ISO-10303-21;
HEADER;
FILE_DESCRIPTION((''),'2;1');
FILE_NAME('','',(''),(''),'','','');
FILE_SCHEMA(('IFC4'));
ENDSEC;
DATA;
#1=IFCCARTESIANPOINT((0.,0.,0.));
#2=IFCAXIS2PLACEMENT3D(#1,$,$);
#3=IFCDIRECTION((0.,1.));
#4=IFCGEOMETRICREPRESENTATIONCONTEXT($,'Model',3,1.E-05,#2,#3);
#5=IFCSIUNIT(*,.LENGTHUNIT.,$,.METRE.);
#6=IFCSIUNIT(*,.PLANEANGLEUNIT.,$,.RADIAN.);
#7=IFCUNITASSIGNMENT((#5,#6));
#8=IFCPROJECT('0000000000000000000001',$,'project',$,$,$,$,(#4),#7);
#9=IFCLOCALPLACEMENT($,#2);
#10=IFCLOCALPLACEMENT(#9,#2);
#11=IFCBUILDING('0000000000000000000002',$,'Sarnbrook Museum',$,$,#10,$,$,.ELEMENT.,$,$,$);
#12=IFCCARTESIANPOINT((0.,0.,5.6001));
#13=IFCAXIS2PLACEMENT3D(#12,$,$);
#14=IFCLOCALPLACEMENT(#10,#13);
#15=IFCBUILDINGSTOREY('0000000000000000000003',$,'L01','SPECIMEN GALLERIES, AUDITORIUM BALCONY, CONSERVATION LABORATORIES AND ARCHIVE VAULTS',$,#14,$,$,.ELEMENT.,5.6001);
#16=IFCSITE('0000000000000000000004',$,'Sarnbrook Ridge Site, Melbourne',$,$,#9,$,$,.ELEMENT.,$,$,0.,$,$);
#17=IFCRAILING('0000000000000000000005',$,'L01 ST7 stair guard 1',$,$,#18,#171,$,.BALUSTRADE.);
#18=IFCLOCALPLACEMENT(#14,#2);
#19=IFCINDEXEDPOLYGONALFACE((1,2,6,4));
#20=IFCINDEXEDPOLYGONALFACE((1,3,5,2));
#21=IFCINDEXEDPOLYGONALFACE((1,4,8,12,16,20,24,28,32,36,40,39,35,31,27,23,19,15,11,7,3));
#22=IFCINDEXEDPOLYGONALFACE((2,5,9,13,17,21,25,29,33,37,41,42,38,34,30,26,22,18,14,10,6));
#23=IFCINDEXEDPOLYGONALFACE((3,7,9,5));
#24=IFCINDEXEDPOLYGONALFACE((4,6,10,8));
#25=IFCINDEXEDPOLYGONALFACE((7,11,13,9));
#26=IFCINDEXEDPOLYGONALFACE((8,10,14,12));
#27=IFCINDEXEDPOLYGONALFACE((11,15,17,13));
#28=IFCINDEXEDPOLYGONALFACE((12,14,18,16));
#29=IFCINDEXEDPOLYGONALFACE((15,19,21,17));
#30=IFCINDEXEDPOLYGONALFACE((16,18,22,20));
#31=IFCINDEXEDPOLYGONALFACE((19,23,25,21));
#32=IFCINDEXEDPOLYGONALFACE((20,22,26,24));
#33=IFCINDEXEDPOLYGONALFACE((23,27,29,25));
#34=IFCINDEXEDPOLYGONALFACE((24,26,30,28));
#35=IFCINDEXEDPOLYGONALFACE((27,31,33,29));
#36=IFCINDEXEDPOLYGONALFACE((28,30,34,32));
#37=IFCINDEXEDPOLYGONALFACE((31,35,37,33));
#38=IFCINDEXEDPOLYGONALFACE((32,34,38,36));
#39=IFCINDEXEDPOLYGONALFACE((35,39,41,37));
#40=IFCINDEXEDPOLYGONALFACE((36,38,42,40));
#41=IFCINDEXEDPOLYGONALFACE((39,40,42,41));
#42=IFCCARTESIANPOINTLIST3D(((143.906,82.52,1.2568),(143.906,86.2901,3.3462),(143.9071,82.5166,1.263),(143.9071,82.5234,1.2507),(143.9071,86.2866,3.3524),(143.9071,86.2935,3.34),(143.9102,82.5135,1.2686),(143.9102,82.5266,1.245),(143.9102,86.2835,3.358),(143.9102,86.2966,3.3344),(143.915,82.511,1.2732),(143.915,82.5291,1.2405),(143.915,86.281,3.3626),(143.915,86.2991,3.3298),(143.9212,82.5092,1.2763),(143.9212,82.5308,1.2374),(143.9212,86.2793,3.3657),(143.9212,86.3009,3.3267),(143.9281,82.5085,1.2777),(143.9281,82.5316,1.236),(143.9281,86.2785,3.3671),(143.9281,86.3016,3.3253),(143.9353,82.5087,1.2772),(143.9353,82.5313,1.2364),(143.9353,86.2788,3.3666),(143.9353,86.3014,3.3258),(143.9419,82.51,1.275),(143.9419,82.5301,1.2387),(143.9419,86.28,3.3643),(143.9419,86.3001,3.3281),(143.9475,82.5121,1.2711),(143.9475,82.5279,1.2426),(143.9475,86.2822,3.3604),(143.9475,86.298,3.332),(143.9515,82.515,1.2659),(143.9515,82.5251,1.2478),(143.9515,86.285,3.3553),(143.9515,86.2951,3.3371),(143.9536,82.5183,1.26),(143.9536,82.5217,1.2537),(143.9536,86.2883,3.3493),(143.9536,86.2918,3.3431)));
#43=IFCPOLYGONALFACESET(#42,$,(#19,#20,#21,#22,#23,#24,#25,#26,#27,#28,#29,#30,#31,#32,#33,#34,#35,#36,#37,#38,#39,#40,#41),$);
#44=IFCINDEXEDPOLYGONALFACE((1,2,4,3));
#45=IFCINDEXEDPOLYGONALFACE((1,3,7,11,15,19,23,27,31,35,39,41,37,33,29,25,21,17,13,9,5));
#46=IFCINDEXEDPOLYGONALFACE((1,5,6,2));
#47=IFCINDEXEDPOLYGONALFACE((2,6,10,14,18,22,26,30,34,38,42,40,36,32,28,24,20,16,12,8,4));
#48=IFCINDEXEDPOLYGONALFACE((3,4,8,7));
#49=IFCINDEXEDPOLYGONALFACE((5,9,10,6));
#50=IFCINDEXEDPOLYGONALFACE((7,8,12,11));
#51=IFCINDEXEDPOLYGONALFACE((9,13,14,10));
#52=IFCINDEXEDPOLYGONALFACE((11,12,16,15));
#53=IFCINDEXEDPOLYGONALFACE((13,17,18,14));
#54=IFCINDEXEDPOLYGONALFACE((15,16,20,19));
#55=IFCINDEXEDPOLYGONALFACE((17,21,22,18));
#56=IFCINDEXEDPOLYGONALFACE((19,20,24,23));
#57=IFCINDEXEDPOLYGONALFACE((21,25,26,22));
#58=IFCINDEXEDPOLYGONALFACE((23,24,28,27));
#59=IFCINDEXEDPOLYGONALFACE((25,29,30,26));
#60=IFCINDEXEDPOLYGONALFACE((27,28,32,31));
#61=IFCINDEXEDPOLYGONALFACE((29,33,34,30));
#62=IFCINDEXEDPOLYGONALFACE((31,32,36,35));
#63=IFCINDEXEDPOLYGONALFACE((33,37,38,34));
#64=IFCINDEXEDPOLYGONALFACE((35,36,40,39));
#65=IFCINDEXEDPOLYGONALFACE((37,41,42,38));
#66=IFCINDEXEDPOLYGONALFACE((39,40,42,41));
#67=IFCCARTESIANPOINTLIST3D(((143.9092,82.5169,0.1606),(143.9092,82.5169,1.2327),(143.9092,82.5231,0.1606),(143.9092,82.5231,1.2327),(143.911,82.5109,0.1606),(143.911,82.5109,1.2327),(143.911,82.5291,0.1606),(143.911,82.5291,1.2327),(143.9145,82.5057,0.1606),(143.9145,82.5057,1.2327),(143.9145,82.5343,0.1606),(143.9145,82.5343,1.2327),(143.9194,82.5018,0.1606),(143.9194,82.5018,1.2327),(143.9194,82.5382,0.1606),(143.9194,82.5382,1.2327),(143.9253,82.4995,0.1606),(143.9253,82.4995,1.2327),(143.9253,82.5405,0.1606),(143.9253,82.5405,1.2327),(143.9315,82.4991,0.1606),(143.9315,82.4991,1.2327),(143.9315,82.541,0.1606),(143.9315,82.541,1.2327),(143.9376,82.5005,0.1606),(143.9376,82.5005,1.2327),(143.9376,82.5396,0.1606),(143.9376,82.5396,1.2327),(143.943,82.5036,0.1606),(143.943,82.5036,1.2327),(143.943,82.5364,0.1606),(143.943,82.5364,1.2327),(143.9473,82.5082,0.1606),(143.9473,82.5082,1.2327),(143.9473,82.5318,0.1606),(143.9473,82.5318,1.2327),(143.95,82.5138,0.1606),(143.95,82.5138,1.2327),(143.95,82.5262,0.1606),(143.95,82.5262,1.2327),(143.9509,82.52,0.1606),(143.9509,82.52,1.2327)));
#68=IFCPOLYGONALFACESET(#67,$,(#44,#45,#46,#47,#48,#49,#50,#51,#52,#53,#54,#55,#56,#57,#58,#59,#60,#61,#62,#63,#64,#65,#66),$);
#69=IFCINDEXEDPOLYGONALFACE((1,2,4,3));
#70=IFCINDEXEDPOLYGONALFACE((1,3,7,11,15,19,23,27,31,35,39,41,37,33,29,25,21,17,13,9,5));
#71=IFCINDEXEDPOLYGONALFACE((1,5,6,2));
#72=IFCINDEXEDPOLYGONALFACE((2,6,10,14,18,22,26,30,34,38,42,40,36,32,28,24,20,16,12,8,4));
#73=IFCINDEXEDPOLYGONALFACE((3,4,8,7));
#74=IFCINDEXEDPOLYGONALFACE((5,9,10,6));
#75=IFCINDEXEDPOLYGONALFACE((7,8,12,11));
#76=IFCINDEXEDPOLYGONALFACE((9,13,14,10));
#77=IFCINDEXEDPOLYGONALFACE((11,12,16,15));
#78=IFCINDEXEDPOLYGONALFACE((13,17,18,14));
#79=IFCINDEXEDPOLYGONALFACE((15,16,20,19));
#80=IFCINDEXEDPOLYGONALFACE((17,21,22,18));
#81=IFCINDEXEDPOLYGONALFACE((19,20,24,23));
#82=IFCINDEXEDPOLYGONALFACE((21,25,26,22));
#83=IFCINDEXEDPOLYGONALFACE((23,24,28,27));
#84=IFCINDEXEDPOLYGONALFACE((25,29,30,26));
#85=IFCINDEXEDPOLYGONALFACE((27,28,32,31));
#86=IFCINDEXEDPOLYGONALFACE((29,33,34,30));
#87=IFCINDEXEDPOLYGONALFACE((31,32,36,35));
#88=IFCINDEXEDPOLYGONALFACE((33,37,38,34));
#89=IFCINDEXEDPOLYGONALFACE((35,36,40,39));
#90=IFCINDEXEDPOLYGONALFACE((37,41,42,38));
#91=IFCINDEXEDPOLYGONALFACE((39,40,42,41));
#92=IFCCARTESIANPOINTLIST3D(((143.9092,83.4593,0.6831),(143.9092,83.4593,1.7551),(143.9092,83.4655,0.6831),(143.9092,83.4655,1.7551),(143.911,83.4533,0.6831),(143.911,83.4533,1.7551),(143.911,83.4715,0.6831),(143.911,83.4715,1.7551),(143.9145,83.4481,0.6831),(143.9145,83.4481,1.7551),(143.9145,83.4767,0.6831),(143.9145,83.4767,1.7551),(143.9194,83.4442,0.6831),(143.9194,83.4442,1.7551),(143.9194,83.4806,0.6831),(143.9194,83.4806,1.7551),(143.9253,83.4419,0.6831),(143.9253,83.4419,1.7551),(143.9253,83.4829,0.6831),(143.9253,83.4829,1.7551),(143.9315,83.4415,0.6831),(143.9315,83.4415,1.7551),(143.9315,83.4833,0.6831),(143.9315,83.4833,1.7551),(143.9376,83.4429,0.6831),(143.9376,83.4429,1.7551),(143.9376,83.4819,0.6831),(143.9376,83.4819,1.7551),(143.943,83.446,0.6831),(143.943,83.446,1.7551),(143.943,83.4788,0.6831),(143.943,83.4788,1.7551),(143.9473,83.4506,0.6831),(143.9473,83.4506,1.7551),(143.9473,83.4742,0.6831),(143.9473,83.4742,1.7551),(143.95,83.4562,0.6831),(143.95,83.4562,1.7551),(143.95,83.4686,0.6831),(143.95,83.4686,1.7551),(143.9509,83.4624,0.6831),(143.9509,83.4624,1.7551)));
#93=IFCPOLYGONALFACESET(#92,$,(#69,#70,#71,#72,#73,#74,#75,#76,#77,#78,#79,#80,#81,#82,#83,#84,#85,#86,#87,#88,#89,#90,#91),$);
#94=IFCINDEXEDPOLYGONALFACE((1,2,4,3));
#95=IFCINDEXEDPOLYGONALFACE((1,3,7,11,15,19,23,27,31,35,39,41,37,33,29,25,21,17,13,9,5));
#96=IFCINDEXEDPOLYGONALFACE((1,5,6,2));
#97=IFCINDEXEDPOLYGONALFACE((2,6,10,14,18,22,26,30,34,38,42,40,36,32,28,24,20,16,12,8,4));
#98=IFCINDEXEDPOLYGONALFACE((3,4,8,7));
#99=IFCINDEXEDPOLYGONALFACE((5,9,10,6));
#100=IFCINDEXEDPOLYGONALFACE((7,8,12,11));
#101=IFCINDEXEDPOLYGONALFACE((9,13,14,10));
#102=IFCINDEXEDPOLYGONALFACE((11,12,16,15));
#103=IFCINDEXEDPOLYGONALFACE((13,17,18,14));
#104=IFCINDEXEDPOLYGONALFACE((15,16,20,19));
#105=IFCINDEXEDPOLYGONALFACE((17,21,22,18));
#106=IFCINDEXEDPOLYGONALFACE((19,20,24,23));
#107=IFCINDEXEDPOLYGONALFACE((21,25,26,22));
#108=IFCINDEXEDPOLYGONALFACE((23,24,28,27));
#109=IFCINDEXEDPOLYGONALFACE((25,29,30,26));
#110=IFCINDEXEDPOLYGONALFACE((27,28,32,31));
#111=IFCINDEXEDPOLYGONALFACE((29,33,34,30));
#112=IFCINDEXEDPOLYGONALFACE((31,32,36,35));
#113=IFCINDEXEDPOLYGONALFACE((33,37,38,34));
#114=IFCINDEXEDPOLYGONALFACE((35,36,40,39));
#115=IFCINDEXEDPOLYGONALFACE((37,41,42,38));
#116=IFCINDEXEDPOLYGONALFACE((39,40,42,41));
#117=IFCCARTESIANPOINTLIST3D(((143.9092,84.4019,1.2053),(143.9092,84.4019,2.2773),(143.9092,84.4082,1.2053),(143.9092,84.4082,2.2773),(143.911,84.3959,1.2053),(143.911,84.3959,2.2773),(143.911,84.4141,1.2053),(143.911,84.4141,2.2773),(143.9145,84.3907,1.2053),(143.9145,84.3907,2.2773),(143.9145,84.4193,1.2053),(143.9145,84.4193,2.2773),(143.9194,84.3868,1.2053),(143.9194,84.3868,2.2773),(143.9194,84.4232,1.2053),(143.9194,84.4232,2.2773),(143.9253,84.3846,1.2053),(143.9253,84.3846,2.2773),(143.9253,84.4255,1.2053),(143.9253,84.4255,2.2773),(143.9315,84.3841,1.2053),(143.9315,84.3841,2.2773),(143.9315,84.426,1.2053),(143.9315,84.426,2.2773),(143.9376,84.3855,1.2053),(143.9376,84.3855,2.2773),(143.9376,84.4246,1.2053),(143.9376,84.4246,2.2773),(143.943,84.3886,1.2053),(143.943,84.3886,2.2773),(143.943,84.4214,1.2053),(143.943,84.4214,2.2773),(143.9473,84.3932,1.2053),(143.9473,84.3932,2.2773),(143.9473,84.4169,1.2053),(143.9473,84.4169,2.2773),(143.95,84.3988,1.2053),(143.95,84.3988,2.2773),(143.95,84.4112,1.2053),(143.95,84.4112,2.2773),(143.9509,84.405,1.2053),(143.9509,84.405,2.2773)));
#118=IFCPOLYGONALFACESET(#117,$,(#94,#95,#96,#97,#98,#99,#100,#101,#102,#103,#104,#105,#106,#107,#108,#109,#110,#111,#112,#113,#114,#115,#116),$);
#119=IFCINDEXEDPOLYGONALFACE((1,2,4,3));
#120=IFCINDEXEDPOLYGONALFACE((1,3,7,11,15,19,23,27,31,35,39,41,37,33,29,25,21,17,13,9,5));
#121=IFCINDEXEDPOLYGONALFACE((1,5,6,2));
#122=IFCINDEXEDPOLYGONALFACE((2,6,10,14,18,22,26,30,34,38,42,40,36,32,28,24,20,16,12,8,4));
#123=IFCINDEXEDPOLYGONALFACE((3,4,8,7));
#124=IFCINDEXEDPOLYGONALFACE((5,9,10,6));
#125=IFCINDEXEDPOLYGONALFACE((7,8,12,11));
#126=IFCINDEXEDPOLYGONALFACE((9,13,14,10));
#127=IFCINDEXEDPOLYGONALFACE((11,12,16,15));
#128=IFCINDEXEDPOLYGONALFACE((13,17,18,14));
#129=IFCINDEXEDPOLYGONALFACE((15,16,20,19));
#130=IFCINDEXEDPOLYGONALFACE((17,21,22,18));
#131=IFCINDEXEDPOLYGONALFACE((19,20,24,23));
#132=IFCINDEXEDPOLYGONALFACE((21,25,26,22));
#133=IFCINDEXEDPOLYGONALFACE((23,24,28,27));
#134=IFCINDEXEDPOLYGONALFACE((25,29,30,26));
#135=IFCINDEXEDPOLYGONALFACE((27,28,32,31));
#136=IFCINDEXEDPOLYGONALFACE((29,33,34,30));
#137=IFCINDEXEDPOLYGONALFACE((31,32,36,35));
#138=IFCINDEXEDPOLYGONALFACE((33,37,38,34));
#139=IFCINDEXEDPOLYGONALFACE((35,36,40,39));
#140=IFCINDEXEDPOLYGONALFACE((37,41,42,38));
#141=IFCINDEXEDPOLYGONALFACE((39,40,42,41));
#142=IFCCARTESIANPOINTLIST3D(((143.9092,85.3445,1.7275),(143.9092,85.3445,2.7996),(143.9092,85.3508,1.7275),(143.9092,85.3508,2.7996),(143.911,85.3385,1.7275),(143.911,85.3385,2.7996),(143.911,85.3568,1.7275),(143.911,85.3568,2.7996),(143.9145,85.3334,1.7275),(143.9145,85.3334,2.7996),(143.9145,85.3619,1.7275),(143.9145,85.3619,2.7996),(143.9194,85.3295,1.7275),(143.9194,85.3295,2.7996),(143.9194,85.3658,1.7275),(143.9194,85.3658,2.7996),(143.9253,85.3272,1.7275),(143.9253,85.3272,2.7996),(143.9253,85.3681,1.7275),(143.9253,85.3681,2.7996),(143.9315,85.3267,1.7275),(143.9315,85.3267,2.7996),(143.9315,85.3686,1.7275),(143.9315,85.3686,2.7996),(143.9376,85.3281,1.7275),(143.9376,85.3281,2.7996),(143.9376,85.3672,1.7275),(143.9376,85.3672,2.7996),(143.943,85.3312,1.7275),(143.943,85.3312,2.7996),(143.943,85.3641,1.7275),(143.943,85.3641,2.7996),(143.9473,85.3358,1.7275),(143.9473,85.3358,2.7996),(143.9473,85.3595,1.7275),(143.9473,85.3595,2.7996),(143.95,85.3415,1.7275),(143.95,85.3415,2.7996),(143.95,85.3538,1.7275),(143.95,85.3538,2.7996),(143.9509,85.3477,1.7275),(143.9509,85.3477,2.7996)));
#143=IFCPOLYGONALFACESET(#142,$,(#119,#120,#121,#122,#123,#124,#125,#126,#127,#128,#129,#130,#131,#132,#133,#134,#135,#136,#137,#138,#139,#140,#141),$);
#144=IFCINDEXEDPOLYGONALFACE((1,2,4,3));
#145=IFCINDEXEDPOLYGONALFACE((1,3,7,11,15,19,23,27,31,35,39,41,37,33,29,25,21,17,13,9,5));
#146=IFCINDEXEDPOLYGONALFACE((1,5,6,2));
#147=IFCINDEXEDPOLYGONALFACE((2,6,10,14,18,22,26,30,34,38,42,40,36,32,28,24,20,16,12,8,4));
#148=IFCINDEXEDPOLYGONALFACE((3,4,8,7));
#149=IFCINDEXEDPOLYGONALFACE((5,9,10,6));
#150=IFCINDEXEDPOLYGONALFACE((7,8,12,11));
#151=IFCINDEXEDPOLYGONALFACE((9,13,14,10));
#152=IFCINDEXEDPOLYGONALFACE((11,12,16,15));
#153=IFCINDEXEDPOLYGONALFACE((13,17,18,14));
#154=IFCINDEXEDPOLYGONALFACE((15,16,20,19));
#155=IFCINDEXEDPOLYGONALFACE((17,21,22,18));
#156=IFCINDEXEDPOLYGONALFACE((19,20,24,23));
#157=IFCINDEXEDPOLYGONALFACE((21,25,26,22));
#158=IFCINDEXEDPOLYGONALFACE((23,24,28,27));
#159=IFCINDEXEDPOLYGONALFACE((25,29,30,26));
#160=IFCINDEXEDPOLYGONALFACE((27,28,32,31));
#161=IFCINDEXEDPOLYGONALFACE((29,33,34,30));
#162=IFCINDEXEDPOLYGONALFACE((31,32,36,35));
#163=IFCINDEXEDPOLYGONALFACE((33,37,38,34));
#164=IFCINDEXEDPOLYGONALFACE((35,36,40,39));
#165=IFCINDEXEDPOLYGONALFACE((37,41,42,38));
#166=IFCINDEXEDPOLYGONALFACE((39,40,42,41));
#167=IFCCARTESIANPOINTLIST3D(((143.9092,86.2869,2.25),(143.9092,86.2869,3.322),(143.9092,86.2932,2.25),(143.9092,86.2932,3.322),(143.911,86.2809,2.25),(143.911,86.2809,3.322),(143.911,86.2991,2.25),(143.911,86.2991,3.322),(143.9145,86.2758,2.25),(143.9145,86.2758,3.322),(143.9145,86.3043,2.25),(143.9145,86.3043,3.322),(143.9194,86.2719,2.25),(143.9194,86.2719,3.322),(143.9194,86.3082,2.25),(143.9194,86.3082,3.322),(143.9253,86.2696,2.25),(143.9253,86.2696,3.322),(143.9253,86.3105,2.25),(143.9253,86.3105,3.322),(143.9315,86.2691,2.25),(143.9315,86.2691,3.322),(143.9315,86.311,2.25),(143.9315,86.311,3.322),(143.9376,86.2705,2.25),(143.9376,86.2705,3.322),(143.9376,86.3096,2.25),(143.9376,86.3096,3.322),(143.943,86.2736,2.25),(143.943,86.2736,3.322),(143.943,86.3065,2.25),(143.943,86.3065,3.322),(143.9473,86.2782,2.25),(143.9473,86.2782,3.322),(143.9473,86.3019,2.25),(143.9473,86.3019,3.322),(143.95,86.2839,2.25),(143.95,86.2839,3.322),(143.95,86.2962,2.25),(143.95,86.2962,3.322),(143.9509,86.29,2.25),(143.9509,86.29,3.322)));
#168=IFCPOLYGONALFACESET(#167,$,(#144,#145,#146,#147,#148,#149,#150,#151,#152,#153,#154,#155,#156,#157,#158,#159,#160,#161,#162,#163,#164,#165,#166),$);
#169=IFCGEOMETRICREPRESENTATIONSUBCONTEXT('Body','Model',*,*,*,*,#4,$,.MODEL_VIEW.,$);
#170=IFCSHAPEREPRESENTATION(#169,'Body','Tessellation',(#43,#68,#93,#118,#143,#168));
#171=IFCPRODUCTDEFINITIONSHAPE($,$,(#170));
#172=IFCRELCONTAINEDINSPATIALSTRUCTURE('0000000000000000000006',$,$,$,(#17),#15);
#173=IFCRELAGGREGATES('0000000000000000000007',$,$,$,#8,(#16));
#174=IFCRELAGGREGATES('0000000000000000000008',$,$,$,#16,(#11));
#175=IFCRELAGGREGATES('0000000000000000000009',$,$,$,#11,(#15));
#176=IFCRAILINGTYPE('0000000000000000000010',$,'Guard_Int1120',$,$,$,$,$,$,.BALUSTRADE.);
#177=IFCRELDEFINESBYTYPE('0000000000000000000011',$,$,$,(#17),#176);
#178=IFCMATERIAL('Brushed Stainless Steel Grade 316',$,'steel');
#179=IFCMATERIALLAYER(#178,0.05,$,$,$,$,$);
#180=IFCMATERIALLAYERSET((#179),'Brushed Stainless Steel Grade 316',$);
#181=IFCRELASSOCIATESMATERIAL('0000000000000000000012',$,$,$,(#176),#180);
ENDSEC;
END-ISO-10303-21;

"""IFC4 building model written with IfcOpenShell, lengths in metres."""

from ifc_helpers import new_model, si_unit, direction, frame, origin, origin_2d, place, context, subcontext, project, spatial, circle, extrude, material, layer, layer_set, type_object, element, save


model = new_model("IFC4")

# Units and contexts
model_context = context("Model", 3, precision=1e-05, world=origin(), true_north=direction((0.0, 1.0)))
body_context = subcontext(model_context, "Body", "Model", "MODEL_VIEW")
ifc_project = project(units=[si_unit("LENGTHUNIT", "METRE"), si_unit("PLANEANGLEUNIT", "RADIAN")], contexts=[model_context])

# Site, building, storey
site_placement = place(None, origin())
site = spatial("IfcSite", under=ifc_project, at=site_placement, Name="Sarnbrook Ridge Site, Melbourne", CompositionType="ELEMENT", RefElevation=0.0)
building_placement = place(site_placement, origin())
building = spatial("IfcBuilding", under=site, at=building_placement, Name="Sarnbrook Museum", CompositionType="ELEMENT")
storey_placement = place(building_placement, frame((0.0, 0.0, 5.6001)))
storey = spatial("IfcBuildingStorey", under=building, at=storey_placement, Name="L01", Description="SPECIMEN GALLERIES, AUDITORIUM BALCONY, CONSERVATION LABORATORIES AND ARCHIVE VAULTS", CompositionType="ELEMENT", Elevation=5.6001)

# Railing
ifc_material_1 = material(Name="Brushed Stainless Steel Grade 316", Category="steel")
ifc_layer_1 = layer(ifc_material_1, 0.05)
ifc_layer_set_1 = layer_set([ifc_layer_1], Name="Brushed Stainless Steel Grade 316")
railing_type_1 = type_object("IfcRailingType", Name="Guard_Int1120", PredefinedType="BALUSTRADE", material=ifc_layer_set_1)
railing_1_placement = place(storey_placement, frame((143.9299, 82.52, 0.1606)))
element("IfcRailing", 1, at=railing_1_placement, inside=storey, type_object=railing_type_1, Name="L01 ST7 stair guard 1", PredefinedType="BALUSTRADE", context=body_context, shape_type="SweptSolid", body=[
    extrude(circle(Radius=0.0239, at=origin_2d()), frame((0.0, 0.0, 1.0962), z_axis=(0.0, 0.874659, 0.484739), x_axis=(-1.0, 0.0, 0.0)), (0.0, 0.0, 1.0), 4.3103),
    extrude(circle(Radius=0.021, at=origin_2d()), origin(), (0.0, 0.0, 1.0), 1.072),
    extrude(circle(Radius=0.021, at=origin_2d()), frame((0.0, 0.9424, 0.5225)), (0.0, 0.0, 1.0), 1.072),
    extrude(circle(Radius=0.021, at=origin_2d()), frame((0.0, 1.885, 1.0447)), (0.0, 0.0, 1.0), 1.072),
    extrude(circle(Radius=0.021, at=origin_2d()), frame((0.0, 2.8276, 1.5669)), (0.0, 0.0, 1.0), 1.072),
    extrude(circle(Radius=0.021, at=origin_2d()), frame((0.0, 3.77, 2.0894)), (0.0, 0.0, 1.0), 1.072),
])

save(model, "model.ifc")
